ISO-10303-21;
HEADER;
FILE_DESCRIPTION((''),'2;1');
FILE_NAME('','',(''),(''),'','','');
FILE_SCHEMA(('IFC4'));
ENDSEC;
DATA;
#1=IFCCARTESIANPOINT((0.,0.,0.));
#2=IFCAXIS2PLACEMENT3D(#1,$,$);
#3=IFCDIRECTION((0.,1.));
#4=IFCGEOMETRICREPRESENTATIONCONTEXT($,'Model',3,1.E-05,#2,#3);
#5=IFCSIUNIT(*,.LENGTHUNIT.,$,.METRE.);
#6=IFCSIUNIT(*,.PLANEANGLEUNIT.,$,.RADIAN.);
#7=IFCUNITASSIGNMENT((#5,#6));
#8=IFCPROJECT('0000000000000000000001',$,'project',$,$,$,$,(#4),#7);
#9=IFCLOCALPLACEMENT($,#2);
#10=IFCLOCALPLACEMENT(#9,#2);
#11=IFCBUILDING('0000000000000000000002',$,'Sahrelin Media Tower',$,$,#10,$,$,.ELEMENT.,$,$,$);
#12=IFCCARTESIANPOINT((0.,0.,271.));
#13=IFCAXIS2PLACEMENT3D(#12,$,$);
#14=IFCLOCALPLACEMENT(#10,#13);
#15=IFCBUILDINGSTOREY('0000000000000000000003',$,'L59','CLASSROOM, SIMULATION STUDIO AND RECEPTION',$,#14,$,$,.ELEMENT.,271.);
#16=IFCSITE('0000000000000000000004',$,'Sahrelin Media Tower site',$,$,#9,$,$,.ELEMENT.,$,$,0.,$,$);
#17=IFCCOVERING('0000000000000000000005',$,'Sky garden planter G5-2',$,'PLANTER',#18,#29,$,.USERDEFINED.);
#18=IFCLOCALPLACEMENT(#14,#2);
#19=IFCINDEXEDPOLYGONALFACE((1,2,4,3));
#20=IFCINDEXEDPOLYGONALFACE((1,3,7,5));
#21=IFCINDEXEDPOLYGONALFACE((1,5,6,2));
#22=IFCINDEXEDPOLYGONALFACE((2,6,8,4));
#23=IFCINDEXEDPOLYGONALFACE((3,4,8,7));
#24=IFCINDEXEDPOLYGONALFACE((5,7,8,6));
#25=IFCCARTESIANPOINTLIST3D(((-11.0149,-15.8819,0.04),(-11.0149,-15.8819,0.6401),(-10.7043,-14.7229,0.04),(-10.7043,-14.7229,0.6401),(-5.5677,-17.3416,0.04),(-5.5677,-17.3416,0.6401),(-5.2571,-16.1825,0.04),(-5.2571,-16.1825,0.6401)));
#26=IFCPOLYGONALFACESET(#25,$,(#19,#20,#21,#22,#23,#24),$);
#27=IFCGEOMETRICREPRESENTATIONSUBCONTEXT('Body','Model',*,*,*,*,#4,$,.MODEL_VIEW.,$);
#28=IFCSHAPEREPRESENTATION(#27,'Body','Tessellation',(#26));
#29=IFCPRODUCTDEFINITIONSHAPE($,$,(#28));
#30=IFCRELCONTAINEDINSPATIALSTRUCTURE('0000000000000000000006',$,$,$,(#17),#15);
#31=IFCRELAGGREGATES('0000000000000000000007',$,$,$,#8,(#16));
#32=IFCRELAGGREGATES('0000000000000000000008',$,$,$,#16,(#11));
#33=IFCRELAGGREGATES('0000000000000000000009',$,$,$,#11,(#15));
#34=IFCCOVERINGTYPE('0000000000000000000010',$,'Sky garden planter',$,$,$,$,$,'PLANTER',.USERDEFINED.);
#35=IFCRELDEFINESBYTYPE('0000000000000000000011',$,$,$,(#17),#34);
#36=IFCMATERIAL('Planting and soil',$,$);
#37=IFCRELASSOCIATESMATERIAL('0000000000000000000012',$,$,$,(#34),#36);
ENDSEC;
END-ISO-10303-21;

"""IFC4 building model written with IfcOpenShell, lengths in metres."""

from ifc_helpers import new_model, si_unit, direction, frame, origin, origin_2d, place, context, subcontext, project, spatial, rectangle, extrude, material, type_object, element, save


model = new_model("IFC4")

# Units and contexts
model_context = context("Model", 3, precision=1e-05, world=origin(), true_north=direction((0.0, 1.0)))
body_context = subcontext(model_context, "Body", "Model", "MODEL_VIEW")
ifc_project = project(units=[si_unit("LENGTHUNIT", "METRE"), si_unit("PLANEANGLEUNIT", "RADIAN")], contexts=[model_context])

# Site, building, storey
site_placement = place(None, origin())
site = spatial("IfcSite", under=ifc_project, at=site_placement, Name="Sahrelin Media Tower site", CompositionType="ELEMENT", RefElevation=0.0)
building_placement = place(site_placement, origin())
building = spatial("IfcBuilding", under=site, at=building_placement, Name="Sahrelin Media Tower", CompositionType="ELEMENT")
storey_placement = place(building_placement, frame((0.0, 0.0, 271.0)))
storey = spatial("IfcBuildingStorey", under=building, at=storey_placement, Name="L59", Description="CLASSROOM, SIMULATION STUDIO AND RECEPTION", CompositionType="ELEMENT", Elevation=271.0)

# Covering
ifc_material_1 = material(Name="Planting and soil")
covering_type = type_object("IfcCoveringType", Name="Sky garden planter", ElementType="PLANTER", PredefinedType="USERDEFINED", material=ifc_material_1)
covering_placement = place(storey_placement, frame((-8.136, -16.0322, 0.04), z_axis=(0.0, 0.0, 1.0), x_axis=(0.965923, -0.258831, 0.0)))
element("IfcCovering", 1, at=covering_placement, inside=storey, type_object=covering_type, Name="Sky garden planter G5-2", ObjectType="PLANTER", PredefinedType="USERDEFINED", context=body_context, shape_type="SweptSolid", body=[
    extrude(rectangle(XDim=5.6394, YDim=1.2, at=origin_2d()), origin(), (0.0, 0.0, 1.0), 0.6001),
])

save(model, "model.ifc")
